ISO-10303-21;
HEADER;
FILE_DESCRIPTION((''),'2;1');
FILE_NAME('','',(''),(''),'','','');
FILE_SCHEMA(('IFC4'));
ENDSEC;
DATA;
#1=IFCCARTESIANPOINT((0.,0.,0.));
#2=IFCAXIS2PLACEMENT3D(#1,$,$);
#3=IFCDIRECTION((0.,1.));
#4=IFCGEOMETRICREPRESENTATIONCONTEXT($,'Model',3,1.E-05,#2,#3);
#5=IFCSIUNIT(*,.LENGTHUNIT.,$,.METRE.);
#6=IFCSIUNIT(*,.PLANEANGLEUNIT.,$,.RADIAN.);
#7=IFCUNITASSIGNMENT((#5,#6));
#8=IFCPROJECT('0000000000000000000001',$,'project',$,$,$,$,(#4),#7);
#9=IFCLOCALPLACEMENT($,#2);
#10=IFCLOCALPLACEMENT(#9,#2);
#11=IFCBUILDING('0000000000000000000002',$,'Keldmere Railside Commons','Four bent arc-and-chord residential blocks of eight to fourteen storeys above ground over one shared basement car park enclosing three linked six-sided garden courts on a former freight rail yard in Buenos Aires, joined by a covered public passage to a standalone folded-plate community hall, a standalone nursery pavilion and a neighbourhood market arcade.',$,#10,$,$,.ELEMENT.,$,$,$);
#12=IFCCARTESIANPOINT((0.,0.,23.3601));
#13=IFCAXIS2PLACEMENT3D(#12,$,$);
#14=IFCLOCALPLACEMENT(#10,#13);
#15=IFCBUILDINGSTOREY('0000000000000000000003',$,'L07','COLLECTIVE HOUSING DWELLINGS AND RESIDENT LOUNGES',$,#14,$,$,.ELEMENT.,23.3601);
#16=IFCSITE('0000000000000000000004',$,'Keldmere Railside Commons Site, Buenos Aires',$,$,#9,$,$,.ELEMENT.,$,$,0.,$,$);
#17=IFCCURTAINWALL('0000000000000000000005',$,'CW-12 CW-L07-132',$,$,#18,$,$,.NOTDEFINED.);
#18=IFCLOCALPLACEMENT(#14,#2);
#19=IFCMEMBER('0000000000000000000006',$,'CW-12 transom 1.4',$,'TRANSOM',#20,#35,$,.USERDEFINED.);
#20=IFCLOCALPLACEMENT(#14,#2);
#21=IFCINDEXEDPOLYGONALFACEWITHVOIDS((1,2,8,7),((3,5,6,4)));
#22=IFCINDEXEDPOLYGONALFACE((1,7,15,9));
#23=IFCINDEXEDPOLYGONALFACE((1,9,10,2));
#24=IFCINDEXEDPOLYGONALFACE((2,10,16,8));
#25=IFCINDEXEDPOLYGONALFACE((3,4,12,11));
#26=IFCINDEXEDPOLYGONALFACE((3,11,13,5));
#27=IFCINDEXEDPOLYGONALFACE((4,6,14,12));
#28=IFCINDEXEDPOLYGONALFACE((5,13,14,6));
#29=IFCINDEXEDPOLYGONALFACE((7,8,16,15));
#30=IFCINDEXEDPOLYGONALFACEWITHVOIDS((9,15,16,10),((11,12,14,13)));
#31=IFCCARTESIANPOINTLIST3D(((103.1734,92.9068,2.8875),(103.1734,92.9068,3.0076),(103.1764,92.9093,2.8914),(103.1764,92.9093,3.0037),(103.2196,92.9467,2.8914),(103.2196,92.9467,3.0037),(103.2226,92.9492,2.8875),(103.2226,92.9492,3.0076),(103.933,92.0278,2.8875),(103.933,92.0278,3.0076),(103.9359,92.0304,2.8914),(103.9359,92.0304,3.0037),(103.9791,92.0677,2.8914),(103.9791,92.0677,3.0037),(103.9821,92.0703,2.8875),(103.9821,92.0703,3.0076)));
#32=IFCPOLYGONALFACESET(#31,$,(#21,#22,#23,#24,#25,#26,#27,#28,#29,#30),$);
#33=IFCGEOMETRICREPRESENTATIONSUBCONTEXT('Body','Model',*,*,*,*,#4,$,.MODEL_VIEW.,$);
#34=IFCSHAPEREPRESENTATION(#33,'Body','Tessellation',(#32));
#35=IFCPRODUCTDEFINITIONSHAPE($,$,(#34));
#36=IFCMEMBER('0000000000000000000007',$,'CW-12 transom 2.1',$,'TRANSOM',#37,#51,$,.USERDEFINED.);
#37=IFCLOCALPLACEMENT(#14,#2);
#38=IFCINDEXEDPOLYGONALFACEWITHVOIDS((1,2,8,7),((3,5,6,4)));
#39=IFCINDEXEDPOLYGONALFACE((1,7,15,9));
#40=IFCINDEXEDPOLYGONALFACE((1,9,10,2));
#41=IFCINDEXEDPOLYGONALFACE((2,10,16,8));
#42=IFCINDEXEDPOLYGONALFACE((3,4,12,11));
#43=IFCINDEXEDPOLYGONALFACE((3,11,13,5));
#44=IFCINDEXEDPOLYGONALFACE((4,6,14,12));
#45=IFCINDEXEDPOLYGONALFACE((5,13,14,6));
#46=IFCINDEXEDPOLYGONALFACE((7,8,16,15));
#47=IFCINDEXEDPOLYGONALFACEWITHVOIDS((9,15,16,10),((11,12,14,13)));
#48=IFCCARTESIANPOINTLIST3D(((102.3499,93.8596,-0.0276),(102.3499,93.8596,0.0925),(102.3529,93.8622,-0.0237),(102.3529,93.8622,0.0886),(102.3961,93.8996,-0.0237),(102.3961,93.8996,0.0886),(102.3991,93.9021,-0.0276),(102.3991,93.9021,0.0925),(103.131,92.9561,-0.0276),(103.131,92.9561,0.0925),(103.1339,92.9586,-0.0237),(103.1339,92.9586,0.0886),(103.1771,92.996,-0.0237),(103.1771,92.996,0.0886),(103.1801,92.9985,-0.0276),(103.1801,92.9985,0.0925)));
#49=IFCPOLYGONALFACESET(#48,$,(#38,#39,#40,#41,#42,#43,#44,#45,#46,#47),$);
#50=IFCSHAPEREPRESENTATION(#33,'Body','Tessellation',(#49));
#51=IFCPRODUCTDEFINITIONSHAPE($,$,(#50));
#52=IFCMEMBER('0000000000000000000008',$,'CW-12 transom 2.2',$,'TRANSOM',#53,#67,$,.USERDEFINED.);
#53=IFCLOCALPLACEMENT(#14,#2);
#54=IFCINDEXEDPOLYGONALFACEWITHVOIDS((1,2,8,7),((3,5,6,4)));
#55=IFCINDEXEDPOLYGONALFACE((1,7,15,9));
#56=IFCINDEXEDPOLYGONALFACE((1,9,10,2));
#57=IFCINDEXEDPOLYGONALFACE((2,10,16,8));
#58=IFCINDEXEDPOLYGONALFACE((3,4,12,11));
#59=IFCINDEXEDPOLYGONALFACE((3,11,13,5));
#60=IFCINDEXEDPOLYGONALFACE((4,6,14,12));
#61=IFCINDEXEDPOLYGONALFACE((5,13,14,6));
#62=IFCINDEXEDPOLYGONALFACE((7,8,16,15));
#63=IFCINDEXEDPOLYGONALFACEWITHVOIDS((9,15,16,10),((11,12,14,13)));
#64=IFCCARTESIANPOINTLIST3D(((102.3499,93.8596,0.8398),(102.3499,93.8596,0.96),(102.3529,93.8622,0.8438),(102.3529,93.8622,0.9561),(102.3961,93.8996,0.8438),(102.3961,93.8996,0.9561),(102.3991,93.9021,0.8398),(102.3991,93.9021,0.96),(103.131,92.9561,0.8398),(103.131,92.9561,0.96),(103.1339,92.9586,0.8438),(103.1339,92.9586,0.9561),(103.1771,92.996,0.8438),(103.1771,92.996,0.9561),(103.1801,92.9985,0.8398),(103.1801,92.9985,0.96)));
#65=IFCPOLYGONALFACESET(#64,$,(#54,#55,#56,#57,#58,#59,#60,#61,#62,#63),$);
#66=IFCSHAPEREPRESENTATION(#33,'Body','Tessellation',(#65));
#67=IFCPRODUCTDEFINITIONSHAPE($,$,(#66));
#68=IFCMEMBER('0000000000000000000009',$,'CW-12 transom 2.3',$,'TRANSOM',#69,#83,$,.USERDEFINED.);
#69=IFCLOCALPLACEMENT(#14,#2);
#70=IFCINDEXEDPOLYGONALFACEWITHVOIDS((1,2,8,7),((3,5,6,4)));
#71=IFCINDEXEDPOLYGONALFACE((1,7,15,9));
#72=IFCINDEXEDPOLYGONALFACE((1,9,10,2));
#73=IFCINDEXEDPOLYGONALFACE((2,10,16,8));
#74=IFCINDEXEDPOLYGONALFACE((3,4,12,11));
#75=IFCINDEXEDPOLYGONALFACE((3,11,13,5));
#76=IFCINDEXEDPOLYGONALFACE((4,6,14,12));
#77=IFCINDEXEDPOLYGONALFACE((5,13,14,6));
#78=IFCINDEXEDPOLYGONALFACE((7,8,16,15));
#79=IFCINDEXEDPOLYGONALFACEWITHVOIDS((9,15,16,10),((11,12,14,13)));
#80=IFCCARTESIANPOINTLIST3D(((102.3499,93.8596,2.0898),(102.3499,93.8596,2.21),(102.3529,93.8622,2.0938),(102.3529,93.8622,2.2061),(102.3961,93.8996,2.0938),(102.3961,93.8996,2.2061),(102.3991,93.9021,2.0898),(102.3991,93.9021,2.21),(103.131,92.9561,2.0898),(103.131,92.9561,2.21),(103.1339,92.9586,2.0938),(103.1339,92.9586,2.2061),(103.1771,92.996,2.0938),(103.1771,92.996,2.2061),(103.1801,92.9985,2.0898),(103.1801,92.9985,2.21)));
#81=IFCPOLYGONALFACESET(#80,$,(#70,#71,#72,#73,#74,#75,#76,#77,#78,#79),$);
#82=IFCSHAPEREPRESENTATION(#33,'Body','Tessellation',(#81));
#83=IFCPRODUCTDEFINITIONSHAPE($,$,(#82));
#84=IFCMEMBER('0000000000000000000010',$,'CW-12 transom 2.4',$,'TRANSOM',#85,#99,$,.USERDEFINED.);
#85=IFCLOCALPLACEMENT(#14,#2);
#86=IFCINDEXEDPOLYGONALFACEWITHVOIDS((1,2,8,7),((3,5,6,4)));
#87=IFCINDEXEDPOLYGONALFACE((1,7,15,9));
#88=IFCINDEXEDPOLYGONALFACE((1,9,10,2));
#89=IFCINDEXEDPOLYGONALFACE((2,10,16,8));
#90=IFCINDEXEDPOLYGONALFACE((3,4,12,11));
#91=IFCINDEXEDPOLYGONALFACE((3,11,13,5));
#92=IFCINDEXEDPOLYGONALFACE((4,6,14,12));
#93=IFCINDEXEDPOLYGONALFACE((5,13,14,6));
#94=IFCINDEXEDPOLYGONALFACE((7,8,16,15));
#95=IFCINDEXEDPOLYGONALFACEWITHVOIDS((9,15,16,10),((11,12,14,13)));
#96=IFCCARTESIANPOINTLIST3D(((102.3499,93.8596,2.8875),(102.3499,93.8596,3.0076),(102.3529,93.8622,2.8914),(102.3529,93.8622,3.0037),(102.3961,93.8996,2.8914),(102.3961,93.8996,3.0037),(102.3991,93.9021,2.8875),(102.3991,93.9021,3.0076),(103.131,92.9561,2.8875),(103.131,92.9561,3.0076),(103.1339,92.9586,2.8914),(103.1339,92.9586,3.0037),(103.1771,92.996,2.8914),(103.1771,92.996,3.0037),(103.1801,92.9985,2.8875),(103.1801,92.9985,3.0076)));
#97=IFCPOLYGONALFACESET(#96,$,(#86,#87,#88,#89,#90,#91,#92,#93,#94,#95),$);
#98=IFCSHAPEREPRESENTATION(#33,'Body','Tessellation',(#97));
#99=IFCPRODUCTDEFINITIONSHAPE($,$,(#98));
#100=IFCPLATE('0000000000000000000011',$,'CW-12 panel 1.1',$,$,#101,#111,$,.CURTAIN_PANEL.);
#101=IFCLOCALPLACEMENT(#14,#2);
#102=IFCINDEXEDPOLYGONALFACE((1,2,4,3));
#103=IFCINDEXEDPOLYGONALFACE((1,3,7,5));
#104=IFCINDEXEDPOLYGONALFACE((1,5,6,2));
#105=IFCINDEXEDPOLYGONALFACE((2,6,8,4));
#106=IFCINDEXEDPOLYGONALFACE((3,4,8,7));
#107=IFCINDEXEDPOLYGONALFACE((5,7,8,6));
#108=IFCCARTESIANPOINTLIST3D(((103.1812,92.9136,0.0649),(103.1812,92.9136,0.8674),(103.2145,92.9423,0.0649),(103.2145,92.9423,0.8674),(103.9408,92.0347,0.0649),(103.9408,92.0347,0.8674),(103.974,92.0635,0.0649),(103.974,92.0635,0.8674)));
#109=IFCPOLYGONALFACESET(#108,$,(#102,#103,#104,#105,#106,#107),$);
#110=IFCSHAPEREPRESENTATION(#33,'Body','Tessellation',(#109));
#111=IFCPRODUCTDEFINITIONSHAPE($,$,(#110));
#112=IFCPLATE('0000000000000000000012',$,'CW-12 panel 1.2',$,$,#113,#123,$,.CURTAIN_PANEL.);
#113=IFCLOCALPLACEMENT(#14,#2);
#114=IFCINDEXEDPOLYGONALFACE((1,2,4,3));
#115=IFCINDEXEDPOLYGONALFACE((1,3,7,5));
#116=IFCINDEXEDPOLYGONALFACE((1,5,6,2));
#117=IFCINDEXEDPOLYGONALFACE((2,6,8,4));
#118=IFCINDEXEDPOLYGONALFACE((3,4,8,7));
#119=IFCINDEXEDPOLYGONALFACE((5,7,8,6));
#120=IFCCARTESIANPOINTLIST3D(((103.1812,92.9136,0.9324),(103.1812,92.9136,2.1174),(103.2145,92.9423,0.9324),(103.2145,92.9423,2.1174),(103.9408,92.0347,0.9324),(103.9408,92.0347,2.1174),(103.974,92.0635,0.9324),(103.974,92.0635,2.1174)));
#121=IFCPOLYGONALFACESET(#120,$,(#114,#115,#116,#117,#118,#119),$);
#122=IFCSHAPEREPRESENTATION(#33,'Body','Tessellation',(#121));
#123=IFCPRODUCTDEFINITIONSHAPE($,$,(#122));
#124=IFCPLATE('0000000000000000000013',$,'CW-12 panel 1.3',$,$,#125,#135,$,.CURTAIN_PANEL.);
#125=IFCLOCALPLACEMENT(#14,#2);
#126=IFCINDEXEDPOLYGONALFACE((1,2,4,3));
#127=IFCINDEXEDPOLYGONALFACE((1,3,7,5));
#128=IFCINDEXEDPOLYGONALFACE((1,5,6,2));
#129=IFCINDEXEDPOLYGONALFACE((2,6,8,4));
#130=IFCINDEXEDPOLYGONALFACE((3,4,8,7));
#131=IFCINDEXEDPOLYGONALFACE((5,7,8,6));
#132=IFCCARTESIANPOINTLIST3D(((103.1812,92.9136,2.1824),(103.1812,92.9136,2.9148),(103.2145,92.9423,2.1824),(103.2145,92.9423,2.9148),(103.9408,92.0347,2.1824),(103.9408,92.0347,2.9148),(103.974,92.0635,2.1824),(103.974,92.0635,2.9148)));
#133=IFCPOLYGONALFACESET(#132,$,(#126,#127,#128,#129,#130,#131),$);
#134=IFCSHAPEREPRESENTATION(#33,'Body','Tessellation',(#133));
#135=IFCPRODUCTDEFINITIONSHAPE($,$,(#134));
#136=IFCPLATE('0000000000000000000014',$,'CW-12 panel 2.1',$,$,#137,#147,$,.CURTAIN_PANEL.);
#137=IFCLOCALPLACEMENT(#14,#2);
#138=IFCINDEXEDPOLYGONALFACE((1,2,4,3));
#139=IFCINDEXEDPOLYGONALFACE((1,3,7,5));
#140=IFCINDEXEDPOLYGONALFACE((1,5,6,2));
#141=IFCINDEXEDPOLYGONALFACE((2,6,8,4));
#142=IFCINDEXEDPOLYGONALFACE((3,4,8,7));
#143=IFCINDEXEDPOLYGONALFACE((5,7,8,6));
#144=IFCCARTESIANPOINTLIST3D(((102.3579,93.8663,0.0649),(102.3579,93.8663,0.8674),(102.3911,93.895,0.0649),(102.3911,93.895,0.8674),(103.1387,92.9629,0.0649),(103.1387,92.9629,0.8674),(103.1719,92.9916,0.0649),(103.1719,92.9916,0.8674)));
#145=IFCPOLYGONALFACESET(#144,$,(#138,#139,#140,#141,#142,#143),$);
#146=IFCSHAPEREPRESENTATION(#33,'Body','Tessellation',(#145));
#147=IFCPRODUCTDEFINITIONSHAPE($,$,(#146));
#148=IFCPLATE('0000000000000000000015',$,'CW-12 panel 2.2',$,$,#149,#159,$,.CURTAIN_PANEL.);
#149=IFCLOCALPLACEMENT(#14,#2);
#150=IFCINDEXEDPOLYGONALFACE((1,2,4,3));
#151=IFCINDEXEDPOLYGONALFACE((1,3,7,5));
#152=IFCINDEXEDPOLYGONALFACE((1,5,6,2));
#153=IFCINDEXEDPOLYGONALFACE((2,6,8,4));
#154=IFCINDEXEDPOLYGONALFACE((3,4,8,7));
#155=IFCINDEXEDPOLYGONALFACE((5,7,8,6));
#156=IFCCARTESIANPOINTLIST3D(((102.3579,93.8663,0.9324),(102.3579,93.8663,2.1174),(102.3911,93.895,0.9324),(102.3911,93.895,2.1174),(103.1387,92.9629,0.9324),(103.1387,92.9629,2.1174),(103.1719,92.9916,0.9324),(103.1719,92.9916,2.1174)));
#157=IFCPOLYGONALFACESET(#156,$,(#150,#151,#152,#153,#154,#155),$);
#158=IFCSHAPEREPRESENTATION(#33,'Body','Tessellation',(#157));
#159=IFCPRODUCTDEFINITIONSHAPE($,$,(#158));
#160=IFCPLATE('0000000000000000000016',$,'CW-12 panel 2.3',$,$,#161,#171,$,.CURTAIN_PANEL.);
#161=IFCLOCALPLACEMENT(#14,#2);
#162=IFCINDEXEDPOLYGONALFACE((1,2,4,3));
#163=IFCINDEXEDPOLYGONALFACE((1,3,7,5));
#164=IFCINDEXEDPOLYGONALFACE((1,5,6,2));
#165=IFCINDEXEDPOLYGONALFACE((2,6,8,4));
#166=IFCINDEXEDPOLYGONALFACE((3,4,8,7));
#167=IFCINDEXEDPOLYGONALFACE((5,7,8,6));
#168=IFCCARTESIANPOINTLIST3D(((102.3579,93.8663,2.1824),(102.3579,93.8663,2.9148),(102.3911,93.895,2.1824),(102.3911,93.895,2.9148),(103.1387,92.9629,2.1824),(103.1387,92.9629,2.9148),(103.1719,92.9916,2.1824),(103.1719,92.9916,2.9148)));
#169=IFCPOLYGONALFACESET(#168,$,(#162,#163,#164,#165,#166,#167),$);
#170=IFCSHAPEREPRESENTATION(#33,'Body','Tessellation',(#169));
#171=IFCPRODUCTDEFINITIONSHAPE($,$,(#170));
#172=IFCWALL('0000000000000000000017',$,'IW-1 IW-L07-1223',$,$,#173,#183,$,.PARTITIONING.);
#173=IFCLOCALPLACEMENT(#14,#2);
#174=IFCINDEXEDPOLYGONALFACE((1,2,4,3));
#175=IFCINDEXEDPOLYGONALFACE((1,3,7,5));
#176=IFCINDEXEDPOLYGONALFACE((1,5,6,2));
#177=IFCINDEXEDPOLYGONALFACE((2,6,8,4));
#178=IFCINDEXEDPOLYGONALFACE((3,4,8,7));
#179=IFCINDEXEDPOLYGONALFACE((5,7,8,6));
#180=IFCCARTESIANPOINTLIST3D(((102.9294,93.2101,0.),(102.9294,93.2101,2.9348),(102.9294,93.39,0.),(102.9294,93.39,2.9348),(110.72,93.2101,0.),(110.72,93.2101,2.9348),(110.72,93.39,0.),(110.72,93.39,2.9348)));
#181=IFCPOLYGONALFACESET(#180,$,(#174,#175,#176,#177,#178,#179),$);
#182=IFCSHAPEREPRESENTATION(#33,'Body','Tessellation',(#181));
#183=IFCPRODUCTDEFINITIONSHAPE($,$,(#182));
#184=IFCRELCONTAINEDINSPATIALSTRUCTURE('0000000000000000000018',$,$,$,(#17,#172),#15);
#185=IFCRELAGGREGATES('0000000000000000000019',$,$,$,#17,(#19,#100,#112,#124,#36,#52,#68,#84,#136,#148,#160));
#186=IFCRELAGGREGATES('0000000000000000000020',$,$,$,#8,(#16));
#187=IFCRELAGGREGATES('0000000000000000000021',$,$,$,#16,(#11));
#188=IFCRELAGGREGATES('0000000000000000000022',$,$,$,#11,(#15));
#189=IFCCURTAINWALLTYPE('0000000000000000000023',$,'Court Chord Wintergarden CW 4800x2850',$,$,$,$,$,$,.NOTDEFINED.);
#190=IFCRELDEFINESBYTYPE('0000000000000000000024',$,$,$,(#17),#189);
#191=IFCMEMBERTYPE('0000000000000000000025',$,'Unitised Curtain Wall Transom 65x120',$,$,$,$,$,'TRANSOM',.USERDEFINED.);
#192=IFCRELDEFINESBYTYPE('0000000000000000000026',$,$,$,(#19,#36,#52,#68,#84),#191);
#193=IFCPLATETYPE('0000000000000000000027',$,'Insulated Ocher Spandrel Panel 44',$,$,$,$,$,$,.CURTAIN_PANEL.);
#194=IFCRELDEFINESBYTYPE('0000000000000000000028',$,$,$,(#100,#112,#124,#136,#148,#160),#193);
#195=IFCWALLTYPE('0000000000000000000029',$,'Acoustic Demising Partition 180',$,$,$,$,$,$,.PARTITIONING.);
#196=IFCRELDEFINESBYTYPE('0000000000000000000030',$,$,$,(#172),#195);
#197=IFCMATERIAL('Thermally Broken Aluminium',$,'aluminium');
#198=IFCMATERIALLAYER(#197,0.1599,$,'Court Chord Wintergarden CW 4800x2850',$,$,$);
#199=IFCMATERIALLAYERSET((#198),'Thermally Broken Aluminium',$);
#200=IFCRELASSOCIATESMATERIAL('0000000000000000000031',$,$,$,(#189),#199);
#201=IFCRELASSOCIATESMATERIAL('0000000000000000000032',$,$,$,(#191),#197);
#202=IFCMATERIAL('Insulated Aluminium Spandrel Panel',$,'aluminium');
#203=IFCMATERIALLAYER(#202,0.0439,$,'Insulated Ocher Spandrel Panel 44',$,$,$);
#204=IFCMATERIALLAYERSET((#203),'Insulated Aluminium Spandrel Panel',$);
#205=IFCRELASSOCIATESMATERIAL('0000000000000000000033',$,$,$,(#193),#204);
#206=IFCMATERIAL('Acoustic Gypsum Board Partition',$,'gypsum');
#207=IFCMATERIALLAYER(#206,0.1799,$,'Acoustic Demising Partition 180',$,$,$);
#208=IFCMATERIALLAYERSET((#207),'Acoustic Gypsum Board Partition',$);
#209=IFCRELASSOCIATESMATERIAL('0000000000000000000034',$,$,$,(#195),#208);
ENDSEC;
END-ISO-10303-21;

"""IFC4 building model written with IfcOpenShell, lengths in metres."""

from ifc_helpers import new_model, si_unit, direction, frame, frame_2d, origin, origin_2d, place, context, subcontext, project, spatial, rectangle, hollow_rectangle, extrude, material, layer, layer_set, material_profile, profile_set, type_object, element, aggregate, save


model = new_model("IFC4")

# Units and contexts
model_context = context("Model", 3, precision=1e-05, world=origin(), true_north=direction((0.0, 1.0)))
body_context = subcontext(model_context, "Body", "Model", "MODEL_VIEW")
ifc_project = project(units=[si_unit("LENGTHUNIT", "METRE"), si_unit("PLANEANGLEUNIT", "RADIAN")], contexts=[model_context])

# Site, building, storey
site_placement = place(None, origin())
site = spatial("IfcSite", under=ifc_project, at=site_placement, Name="Keldmere Railside Commons Site, Buenos Aires", CompositionType="ELEMENT", RefElevation=0.0)
building_placement = place(site_placement, origin())
building = spatial("IfcBuilding", under=site, at=building_placement, Name="Keldmere Railside Commons", Description="Four bent arc-and-chord residential blocks of eight to fourteen storeys above ground over one shared basement car park enclosing three linked six-sided garden courts on a former freight rail yard in Buenos Aires, joined by a covered public passage to a standalone folded-plate community hall, a standalone nursery pavilion and a neighbourhood market arcade.", CompositionType="ELEMENT")
storey_placement = place(building_placement, frame((0.0, 0.0, 23.3601)))
storey = spatial("IfcBuildingStorey", under=building, at=storey_placement, Name="L07", Description="COLLECTIVE HOUSING DWELLINGS AND RESIDENT LOUNGES", CompositionType="ELEMENT", Elevation=23.3601)

# Curtain wall, members, plates
ifc_material_1 = material(Name="Thermally Broken Aluminium", Category="aluminium")
ifc_layer_1 = layer(ifc_material_1, 0.1599, Name="Court Chord Wintergarden CW 4800x2850")
ifc_layer_set_1 = layer_set([ifc_layer_1], Name="Thermally Broken Aluminium")
curtain_wall_type = type_object("IfcCurtainWallType", Name="Court Chord Wintergarden CW 4800x2850", PredefinedType="NOTDEFINED", material=ifc_layer_set_1)
curtain_wall_placement = place(storey_placement, origin())
curtain_wall = element("IfcCurtainWall", 1, at=curtain_wall_placement, inside=storey, type_object=curtain_wall_type, Name="CW-12 CW-L07-132", PredefinedType="NOTDEFINED")
ifc_material_profile_1 = material_profile(ifc_material_1, hollow_rectangle(XDim=0.0649, YDim=0.1201, WallThickness=0.0039, at=origin_2d()), Name="ALU-TRAN-65x120")
ifc_profile_set_1 = profile_set([ifc_material_profile_1], Name="Thermally Broken Aluminium")
member_type_1 = type_object("IfcMemberType", Name="Unitised Curtain Wall Transom 65x120", ElementType="TRANSOM", PredefinedType="USERDEFINED", material=ifc_profile_set_1)
member_1_placement = place(storey_placement, frame((103.9575, 92.0491, 2.9475), z_axis=(-0.65385, 0.756624, 0.0), x_axis=(-0.756624, -0.65385, 0.0)))
member_1 = element("IfcMember", 2, at=member_1_placement, type_object=member_type_1, Name="CW-12 transom 1.4", ObjectType="TRANSOM", PredefinedType="USERDEFINED", context=body_context, shape_type="SweptSolid", body=[
    extrude(hollow_rectangle(XDim=0.0649, YDim=0.1201, WallThickness=0.0039, at=origin_2d()), origin(), (0.0, 0.0, 1.0), 1.1616),
])
member_2_placement = place(storey_placement, frame((103.1555, 92.9773, 0.0325), z_axis=(-0.653934, 0.756552, 0.0), x_axis=(-0.756552, -0.653934, 0.0)))
member_2 = element("IfcMember", 3, at=member_2_placement, type_object=member_type_1, Name="CW-12 transom 2.1", ObjectType="TRANSOM", PredefinedType="USERDEFINED", context=body_context, shape_type="SweptSolid", body=[
    extrude(hollow_rectangle(XDim=0.0649, YDim=0.1201, WallThickness=0.0039, at=origin_2d()), origin(), (0.0, 0.0, 1.0), 1.1943),
])
member_3_placement = place(storey_placement, frame((103.1555, 92.9773, 0.8999), z_axis=(-0.653934, 0.756552, 0.0), x_axis=(-0.756552, -0.653934, 0.0)))
member_3 = element("IfcMember", 4, at=member_3_placement, type_object=member_type_1, Name="CW-12 transom 2.2", ObjectType="TRANSOM", PredefinedType="USERDEFINED", context=body_context, shape_type="SweptSolid", body=[
    extrude(hollow_rectangle(XDim=0.0649, YDim=0.1201, WallThickness=0.0039, at=origin_2d()), origin(), (0.0, 0.0, 1.0), 1.1943),
])
member_4_placement = place(storey_placement, frame((103.1555, 92.9773, 2.1499), z_axis=(-0.653934, 0.756552, 0.0), x_axis=(-0.756552, -0.653934, 0.0)))
member_4 = element("IfcMember", 5, at=member_4_placement, type_object=member_type_1, Name="CW-12 transom 2.3", ObjectType="TRANSOM", PredefinedType="USERDEFINED", context=body_context, shape_type="SweptSolid", body=[
    extrude(hollow_rectangle(XDim=0.0649, YDim=0.1201, WallThickness=0.0039, at=origin_2d()), origin(), (0.0, 0.0, 1.0), 1.1943),
])
member_5_placement = place(storey_placement, frame((103.1555, 92.9773, 2.9475), z_axis=(-0.653934, 0.756552, 0.0), x_axis=(-0.756552, -0.653934, 0.0)))
member_5 = element("IfcMember", 6, at=member_5_placement, type_object=member_type_1, Name="CW-12 transom 2.4", ObjectType="TRANSOM", PredefinedType="USERDEFINED", context=body_context, shape_type="SweptSolid", body=[
    extrude(hollow_rectangle(XDim=0.0649, YDim=0.1201, WallThickness=0.0039, at=origin_2d()), origin(), (0.0, 0.0, 1.0), 1.1943),
])
ifc_material_2 = material(Name="Insulated Aluminium Spandrel Panel", Category="aluminium")
ifc_layer_2 = layer(ifc_material_2, 0.0439, Name="Insulated Ocher Spandrel Panel 44")
ifc_layer_set_2 = layer_set([ifc_layer_2], Name="Insulated Aluminium Spandrel Panel")
plate_type = type_object("IfcPlateType", Name="Insulated Ocher Spandrel Panel 44", PredefinedType="CURTAIN_PANEL", material=ifc_layer_set_2)
plate_1_placement = place(storey_placement, frame((103.5776, 92.4885, 0.0649), z_axis=(0.0, 0.0, 1.0), x_axis=(-0.653882, 0.756597, 0.0)))
plate_1 = element("IfcPlate", 7, at=plate_1_placement, type_object=plate_type, Name="CW-12 panel 1.1", PredefinedType="CURTAIN_PANEL", context=body_context, shape_type="SweptSolid", body=[
    extrude(rectangle(XDim=1.1616, YDim=0.0439, at=origin_2d()), origin(), (0.0, 0.0, 1.0), 0.8025),
])
plate_2_placement = place(storey_placement, frame((103.5776, 92.4885, 0.9324), z_axis=(0.0, 0.0, 1.0), x_axis=(-0.653882, 0.756597, 0.0)))
plate_2 = element("IfcPlate", 8, at=plate_2_placement, type_object=plate_type, Name="CW-12 panel 1.2", PredefinedType="CURTAIN_PANEL", context=body_context, shape_type="SweptSolid", body=[
    extrude(rectangle(XDim=1.1616, YDim=0.0439, at=origin_2d()), origin(), (0.0, 0.0, 1.0), 1.1851),
])
plate_3_placement = place(storey_placement, frame((103.5776, 92.4885, 2.1824), z_axis=(0.0, 0.0, 1.0), x_axis=(-0.653882, 0.756597, 0.0)))
plate_3 = element("IfcPlate", 9, at=plate_3_placement, type_object=plate_type, Name="CW-12 panel 1.3", PredefinedType="CURTAIN_PANEL", context=body_context, shape_type="SweptSolid", body=[
    extrude(rectangle(XDim=1.1616, YDim=0.0439, at=origin_2d()), origin(), (0.0, 0.0, 1.0), 0.7324),
])
plate_4_placement = place(storey_placement, frame((102.7649, 93.429, 0.0649), z_axis=(0.0, 0.0, 1.0), x_axis=(-0.653882, 0.756597, 0.0)))
plate_4 = element("IfcPlate", 10, at=plate_4_placement, type_object=plate_type, Name="CW-12 panel 2.1", PredefinedType="CURTAIN_PANEL", context=body_context, shape_type="SweptSolid", body=[
    extrude(rectangle(XDim=1.1941, YDim=0.0439, at=origin_2d()), origin(), (0.0, 0.0, 1.0), 0.8025),
])
plate_5_placement = place(storey_placement, frame((102.7649, 93.429, 0.9324), z_axis=(0.0, 0.0, 1.0), x_axis=(-0.653882, 0.756597, 0.0)))
plate_5 = element("IfcPlate", 11, at=plate_5_placement, type_object=plate_type, Name="CW-12 panel 2.2", PredefinedType="CURTAIN_PANEL", context=body_context, shape_type="SweptSolid", body=[
    extrude(rectangle(XDim=1.1941, YDim=0.0439, at=origin_2d()), origin(), (0.0, 0.0, 1.0), 1.1851),
])
plate_6_placement = place(storey_placement, frame((102.7649, 93.429, 2.1824), z_axis=(0.0, 0.0, 1.0), x_axis=(-0.653882, 0.756597, 0.0)))
plate_6 = element("IfcPlate", 12, at=plate_6_placement, type_object=plate_type, Name="CW-12 panel 2.3", PredefinedType="CURTAIN_PANEL", context=body_context, shape_type="SweptSolid", body=[
    extrude(rectangle(XDim=1.1941, YDim=0.0439, at=origin_2d()), origin(), (0.0, 0.0, 1.0), 0.7324),
])
aggregate(curtain_wall, [member_1, plate_1, plate_2, plate_3, member_2, member_3, member_4, member_5, plate_4, plate_5, plate_6])

# Wall
ifc_material_3 = material(Name="Acoustic Gypsum Board Partition", Category="gypsum")
ifc_layer_3 = layer(ifc_material_3, 0.1799, Name="Acoustic Demising Partition 180")
ifc_layer_set_3 = layer_set([ifc_layer_3], Name="Acoustic Gypsum Board Partition")
wall_type_1 = type_object("IfcWallType", Name="Acoustic Demising Partition 180", PredefinedType="PARTITIONING", material=ifc_layer_set_3)
wall_1_placement = place(storey_placement, frame((102.9294, 93.3, 0.0), z_axis=(0.0, 0.0, 1.0), x_axis=(1.0, 0.0, 0.0)))
element("IfcWall", 13, at=wall_1_placement, inside=storey, type_object=wall_type_1, Name="IW-1 IW-L07-1223", PredefinedType="PARTITIONING", context=body_context, shape_type="SweptSolid", body=[
    extrude(rectangle(XDim=7.7905, YDim=0.1799, at=frame_2d((3.8953, 0.0))), origin(), (0.0, 0.0, 1.0), 2.9348),
])

save(model, "model.ifc")
